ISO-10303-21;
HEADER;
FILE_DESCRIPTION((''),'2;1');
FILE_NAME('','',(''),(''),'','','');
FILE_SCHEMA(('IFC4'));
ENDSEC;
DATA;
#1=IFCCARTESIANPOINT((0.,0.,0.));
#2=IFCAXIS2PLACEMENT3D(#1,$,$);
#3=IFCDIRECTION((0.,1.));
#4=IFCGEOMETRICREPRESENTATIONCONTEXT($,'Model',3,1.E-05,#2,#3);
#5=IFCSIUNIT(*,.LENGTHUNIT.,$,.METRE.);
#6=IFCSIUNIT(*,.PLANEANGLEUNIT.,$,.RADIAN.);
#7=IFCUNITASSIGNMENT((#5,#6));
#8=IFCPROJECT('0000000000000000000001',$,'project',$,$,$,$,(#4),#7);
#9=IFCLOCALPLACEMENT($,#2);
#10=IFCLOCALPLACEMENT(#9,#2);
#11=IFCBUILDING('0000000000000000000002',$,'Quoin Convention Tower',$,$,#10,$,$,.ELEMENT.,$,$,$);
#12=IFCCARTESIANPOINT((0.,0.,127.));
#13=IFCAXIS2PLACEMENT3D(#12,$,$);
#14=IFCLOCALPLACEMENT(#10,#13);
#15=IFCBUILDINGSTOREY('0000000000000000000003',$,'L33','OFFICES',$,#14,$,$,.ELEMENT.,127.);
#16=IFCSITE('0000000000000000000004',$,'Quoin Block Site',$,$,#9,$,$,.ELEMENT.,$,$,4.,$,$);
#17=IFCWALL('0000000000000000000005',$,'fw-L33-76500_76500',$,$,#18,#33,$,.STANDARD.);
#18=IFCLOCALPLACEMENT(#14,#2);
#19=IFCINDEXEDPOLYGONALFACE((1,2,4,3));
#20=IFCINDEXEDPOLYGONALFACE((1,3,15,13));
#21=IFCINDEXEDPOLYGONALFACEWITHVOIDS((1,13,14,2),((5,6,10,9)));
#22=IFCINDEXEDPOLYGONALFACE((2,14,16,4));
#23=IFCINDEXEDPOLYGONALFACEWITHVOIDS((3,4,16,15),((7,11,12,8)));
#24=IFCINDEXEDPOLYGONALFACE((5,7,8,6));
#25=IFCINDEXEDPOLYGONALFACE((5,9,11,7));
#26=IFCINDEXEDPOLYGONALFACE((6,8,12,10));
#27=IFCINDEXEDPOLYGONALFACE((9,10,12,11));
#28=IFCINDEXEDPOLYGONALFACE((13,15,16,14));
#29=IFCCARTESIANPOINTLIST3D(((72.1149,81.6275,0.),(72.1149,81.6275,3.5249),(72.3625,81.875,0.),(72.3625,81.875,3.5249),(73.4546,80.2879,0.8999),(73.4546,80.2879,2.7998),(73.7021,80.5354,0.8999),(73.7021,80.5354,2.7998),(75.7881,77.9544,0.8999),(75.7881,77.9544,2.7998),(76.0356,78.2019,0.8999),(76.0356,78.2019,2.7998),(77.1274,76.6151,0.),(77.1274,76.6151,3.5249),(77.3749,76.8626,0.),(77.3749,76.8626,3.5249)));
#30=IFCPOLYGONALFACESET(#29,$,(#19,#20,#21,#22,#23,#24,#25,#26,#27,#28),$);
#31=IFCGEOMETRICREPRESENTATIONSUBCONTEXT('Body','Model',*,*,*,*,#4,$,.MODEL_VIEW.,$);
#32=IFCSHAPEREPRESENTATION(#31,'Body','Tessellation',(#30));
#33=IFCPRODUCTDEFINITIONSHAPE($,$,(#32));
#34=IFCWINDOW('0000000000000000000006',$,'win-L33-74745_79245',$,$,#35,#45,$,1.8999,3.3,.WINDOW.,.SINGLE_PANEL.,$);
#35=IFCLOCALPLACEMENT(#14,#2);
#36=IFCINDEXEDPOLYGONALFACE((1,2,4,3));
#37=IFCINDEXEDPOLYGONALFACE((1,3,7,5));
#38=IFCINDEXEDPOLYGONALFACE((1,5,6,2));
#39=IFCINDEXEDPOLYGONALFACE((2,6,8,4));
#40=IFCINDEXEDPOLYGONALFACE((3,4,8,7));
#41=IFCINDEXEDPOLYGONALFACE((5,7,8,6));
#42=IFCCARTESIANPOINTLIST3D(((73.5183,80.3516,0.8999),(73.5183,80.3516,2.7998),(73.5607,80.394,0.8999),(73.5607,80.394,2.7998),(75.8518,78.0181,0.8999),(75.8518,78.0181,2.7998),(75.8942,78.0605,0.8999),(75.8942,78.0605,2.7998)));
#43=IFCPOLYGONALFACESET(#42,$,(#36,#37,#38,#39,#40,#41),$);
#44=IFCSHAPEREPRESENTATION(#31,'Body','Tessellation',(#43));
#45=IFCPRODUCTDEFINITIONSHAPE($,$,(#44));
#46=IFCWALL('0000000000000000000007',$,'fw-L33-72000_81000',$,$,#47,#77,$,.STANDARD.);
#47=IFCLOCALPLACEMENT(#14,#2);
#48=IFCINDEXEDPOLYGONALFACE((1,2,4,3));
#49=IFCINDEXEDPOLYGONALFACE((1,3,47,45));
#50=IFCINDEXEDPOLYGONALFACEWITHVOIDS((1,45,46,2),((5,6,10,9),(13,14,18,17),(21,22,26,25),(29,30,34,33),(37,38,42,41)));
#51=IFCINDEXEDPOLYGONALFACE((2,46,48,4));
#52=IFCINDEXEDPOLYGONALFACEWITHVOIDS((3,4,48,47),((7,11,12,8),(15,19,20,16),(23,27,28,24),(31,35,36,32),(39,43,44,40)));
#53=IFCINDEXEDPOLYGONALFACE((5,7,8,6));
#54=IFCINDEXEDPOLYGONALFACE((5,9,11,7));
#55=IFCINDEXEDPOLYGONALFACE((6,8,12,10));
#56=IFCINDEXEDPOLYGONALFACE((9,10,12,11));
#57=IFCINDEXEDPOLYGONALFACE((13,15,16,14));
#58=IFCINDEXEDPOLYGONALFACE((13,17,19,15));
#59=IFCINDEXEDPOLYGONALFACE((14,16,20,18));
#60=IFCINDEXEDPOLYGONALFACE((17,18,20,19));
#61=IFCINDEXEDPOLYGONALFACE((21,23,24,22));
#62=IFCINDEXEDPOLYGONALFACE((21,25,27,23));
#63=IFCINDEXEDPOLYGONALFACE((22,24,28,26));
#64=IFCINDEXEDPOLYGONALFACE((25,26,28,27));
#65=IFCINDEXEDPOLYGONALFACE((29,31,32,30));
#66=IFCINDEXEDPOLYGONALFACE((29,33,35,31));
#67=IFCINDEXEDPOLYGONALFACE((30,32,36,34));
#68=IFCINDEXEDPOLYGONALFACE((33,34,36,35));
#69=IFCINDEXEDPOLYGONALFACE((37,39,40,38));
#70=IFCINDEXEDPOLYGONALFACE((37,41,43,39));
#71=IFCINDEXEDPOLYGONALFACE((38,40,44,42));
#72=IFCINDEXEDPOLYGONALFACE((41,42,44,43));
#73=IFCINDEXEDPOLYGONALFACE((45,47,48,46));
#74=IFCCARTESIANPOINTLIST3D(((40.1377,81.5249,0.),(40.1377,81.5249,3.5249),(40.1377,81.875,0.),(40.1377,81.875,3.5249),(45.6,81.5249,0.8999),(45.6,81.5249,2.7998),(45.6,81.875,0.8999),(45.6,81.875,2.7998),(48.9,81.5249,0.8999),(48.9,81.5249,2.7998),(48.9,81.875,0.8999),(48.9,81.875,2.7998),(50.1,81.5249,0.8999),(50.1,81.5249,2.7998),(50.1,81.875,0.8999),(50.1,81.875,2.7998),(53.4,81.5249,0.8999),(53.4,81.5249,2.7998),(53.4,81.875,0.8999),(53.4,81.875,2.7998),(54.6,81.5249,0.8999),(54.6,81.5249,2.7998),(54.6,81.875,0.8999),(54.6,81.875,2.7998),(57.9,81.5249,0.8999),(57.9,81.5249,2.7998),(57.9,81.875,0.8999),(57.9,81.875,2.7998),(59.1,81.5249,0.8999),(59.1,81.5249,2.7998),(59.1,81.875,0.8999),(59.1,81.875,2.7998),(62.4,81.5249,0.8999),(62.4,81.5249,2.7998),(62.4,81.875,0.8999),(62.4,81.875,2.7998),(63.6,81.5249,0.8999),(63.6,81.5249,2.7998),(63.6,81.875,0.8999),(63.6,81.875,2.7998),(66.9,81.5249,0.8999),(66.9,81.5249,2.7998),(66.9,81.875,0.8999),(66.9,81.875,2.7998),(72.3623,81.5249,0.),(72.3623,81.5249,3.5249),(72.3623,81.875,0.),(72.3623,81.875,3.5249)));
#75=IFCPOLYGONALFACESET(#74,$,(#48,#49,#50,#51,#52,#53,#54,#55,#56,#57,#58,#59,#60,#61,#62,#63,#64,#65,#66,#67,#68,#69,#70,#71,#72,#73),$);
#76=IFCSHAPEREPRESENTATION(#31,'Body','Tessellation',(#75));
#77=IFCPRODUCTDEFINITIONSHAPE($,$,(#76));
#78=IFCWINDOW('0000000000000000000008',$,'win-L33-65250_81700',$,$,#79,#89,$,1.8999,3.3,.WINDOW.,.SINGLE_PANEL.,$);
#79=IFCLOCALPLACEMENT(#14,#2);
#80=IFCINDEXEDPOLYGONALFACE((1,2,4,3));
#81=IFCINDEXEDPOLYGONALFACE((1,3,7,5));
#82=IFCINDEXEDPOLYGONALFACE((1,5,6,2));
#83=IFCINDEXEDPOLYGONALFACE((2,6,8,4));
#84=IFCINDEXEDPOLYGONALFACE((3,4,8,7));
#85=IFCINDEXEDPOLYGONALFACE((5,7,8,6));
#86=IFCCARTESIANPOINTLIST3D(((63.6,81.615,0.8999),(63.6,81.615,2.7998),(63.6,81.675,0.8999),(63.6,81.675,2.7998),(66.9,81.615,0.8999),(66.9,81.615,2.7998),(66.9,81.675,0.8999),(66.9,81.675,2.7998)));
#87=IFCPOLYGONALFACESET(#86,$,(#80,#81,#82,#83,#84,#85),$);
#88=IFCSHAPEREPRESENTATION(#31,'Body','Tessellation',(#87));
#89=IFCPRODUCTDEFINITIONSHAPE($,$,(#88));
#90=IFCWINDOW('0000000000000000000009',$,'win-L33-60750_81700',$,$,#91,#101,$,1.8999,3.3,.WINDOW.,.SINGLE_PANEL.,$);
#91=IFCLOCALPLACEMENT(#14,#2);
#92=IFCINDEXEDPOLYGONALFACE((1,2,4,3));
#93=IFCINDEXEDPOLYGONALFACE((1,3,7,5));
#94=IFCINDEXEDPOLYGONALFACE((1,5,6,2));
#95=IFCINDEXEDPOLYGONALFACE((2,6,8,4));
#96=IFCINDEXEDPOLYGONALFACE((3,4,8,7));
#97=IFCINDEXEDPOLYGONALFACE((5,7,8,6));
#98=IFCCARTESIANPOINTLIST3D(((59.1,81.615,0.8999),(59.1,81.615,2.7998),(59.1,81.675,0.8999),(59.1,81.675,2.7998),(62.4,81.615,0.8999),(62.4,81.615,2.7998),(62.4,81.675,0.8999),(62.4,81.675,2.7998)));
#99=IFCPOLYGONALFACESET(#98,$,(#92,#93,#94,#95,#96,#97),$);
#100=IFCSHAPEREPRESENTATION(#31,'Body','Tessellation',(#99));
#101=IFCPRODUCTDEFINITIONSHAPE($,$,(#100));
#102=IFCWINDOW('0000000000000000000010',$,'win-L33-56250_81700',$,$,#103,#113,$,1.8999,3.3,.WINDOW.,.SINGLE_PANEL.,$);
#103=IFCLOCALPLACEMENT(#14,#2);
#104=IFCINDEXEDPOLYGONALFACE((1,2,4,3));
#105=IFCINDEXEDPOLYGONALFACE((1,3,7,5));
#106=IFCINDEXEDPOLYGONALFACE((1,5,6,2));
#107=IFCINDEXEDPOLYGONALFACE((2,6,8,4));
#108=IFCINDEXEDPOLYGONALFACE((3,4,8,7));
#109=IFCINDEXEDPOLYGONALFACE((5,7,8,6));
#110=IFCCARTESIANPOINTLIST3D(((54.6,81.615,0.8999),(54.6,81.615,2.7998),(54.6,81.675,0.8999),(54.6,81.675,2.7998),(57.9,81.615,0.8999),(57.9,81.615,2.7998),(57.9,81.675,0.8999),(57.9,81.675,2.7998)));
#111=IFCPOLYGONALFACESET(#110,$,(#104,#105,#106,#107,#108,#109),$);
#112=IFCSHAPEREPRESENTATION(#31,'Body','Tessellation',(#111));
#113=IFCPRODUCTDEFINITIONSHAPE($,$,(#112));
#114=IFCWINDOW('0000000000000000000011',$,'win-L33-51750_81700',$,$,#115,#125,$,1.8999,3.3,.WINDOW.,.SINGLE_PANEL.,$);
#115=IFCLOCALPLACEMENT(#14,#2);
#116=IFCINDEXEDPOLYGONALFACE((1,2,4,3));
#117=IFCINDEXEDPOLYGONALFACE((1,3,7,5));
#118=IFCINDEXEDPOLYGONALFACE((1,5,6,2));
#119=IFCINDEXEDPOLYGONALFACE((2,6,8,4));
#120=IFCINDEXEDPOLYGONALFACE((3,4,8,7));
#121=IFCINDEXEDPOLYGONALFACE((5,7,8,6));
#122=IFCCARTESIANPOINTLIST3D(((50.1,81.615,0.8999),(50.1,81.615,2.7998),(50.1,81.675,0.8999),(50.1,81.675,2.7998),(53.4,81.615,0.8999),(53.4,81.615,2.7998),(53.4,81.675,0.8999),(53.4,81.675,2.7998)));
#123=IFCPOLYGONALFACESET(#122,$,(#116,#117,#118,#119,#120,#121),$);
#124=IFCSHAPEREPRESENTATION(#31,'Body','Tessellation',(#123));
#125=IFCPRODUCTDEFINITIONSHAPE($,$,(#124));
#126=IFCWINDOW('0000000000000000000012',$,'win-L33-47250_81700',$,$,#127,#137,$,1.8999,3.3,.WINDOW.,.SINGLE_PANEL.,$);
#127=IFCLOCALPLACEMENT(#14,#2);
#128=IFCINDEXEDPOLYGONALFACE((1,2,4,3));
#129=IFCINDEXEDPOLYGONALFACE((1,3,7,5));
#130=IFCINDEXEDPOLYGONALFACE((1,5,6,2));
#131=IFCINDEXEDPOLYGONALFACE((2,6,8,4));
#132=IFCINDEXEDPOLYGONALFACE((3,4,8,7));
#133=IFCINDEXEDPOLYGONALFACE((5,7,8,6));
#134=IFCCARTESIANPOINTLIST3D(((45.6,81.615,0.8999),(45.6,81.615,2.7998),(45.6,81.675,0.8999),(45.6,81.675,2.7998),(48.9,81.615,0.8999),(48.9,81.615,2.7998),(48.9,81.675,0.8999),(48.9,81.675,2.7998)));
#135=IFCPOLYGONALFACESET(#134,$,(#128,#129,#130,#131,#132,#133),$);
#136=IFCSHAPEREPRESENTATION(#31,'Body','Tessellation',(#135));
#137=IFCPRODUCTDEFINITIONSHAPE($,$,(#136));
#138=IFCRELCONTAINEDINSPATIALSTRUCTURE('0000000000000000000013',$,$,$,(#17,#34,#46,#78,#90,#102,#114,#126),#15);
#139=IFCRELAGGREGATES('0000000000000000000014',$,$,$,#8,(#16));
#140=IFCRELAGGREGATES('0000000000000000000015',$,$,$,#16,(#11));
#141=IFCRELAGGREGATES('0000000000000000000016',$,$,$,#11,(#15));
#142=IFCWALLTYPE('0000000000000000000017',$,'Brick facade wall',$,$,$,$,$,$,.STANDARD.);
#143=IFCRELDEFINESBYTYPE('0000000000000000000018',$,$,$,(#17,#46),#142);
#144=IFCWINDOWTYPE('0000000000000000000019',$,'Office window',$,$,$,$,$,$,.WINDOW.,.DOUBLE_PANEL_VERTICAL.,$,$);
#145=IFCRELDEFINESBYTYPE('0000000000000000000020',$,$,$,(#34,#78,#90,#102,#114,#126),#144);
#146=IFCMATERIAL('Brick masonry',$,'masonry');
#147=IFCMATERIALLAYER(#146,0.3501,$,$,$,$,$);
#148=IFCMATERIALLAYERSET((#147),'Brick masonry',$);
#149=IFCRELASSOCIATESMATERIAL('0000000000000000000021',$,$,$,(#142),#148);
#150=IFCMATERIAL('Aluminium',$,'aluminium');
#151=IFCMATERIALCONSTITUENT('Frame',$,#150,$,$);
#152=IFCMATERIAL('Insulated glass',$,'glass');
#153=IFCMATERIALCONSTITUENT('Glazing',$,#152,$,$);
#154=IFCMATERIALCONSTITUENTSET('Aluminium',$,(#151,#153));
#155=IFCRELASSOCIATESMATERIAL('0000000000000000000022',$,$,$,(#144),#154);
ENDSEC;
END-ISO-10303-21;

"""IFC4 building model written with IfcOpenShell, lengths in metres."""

from ifc_helpers import new_model, si_unit, direction, frame, frame_2d, origin, place, context, subcontext, project, spatial, rectangle, extrude, material, layer, layer_set, constituent, constituent_set, type_object, element, fill, save


model = new_model("IFC4")

# Units and contexts
model_context = context("Model", 3, precision=1e-05, world=origin(), true_north=direction((0.0, 1.0)))
body_context = subcontext(model_context, "Body", "Model", "MODEL_VIEW")
ifc_project = project(units=[si_unit("LENGTHUNIT", "METRE"), si_unit("PLANEANGLEUNIT", "RADIAN")], contexts=[model_context])

# Site, building, storey
site_placement = place(None, origin())
site = spatial("IfcSite", under=ifc_project, at=site_placement, Name="Quoin Block Site", CompositionType="ELEMENT", RefElevation=4.0)
building_placement = place(site_placement, origin())
building = spatial("IfcBuilding", under=site, at=building_placement, Name="Quoin Convention Tower", CompositionType="ELEMENT")
storey_placement = place(building_placement, frame((0.0, 0.0, 127.0)))
storey = spatial("IfcBuildingStorey", under=building, at=storey_placement, Name="L33", Description="OFFICES", CompositionType="ELEMENT", Elevation=127.0)

# Wall, opening, window
ifc_material_1 = material(Name="Brick masonry", Category="masonry")
ifc_layer_1 = layer(ifc_material_1, 0.3501)
ifc_layer_set_1 = layer_set([ifc_layer_1], Name="Brick masonry")
wall_type_1 = type_object("IfcWallType", Name="Brick facade wall", PredefinedType="STANDARD", material=ifc_layer_set_1)
wall_1_placement = place(storey_placement, frame((77.2512, 76.7388, 0.0), z_axis=(0.0, 0.0, 1.0), x_axis=(-0.707107, 0.707107, 0.0)))
wall_1 = element("IfcWall", 1, at=wall_1_placement, inside=storey, type_object=wall_type_1, Name="fw-L33-76500_76500", PredefinedType="STANDARD", context=body_context, shape_type="SweptSolid", body=[
    extrude(rectangle(XDim=7.0886, YDim=0.3501, at=frame_2d((3.5444, 0.0))), origin(), (0.0, 0.0, 1.0), 3.5249),
])
opening_1_placement = place(wall_1_placement, frame((1.8943, 0.0, 0.8999)))
opening_1 = element("IfcOpeningElement", 2, at=opening_1_placement, cuts=wall_1, PredefinedType="OPENING", context=body_context, shape_type="SweptSolid", body=[
    extrude(rectangle(XDim=3.3, YDim=1.8999, at=frame_2d((1.6499, 0.95))), frame((0.0, 0.1851, 0.0), z_axis=(0.0, -1.0, 0.0), x_axis=(1.0, 0.0, 0.0)), (0.0, 0.0, 1.0), 0.3701),
])
ifc_material_2 = material(Name="Aluminium", Category="aluminium")
ifc_constituent_1 = constituent(ifc_material_2, Name="Frame")
ifc_material_3 = material(Name="Insulated glass", Category="glass")
ifc_constituent_2 = constituent(ifc_material_3, Name="Glazing")
ifc_constituent_set = constituent_set(constituents=[ifc_constituent_1, ifc_constituent_2], Name="Aluminium")
window_type = type_object("IfcWindowType", Name="Office window", PartitioningType="DOUBLE_PANEL_VERTICAL", PredefinedType="WINDOW", material=ifc_constituent_set)
window_1_placement = place(opening_1_placement, origin())
window_1 = element("IfcWindow", 3, at=window_1_placement, inside=storey, type_object=window_type, Name="win-L33-74745_79245", OverallHeight=1.8999, OverallWidth=3.3, PartitioningType="SINGLE_PANEL", PredefinedType="WINDOW", context=body_context, shape_type="SweptSolid", body=[
    extrude(rectangle(XDim=3.3, YDim=1.8999, at=frame_2d((1.6499, 0.95))), frame((0.0, 0.085, 0.0), z_axis=(0.0, -1.0, 0.0), x_axis=(1.0, 0.0, 0.0)), (0.0, 0.0, 1.0), 0.0601),
])
fill(opening_1, window_1)

# Wall, openings, windows
wall_2_placement = place(storey_placement, frame((72.3623, 81.7, 0.0), z_axis=(0.0, 0.0, 1.0), x_axis=(-1.0, 0.0, 0.0)))
wall_2 = element("IfcWall", 4, at=wall_2_placement, inside=storey, type_object=wall_type_1, Name="fw-L33-72000_81000", PredefinedType="STANDARD", context=body_context, shape_type="SweptSolid", body=[
    extrude(rectangle(XDim=32.2246, YDim=0.3501, at=frame_2d((16.1123, 0.0))), origin(), (0.0, 0.0, 1.0), 3.5249),
])
opening_2_placement = place(wall_2_placement, frame((5.4624, 0.0, 0.8999)))
opening_2 = element("IfcOpeningElement", 5, at=opening_2_placement, cuts=wall_2, PredefinedType="OPENING", context=body_context, shape_type="SweptSolid", body=[
    extrude(rectangle(XDim=3.3, YDim=1.8999, at=frame_2d((1.6499, 0.95))), frame((0.0, 0.1851, 0.0), z_axis=(0.0, -1.0, 0.0), x_axis=(1.0, 0.0, 0.0)), (0.0, 0.0, 1.0), 0.3701),
])
opening_3_placement = place(wall_2_placement, frame((9.9624, 0.0, 0.8999)))
opening_3 = element("IfcOpeningElement", 6, at=opening_3_placement, cuts=wall_2, PredefinedType="OPENING", context=body_context, shape_type="SweptSolid", body=[
    extrude(rectangle(XDim=3.3, YDim=1.8999, at=frame_2d((1.6499, 0.95))), frame((0.0, 0.1851, 0.0), z_axis=(0.0, -1.0, 0.0), x_axis=(1.0, 0.0, 0.0)), (0.0, 0.0, 1.0), 0.3701),
])
opening_4_placement = place(wall_2_placement, frame((14.4624, 0.0, 0.8999)))
opening_4 = element("IfcOpeningElement", 7, at=opening_4_placement, cuts=wall_2, PredefinedType="OPENING", context=body_context, shape_type="SweptSolid", body=[
    extrude(rectangle(XDim=3.3, YDim=1.8999, at=frame_2d((1.6499, 0.95))), frame((0.0, 0.1851, 0.0), z_axis=(0.0, -1.0, 0.0), x_axis=(1.0, 0.0, 0.0)), (0.0, 0.0, 1.0), 0.3701),
])
opening_5_placement = place(wall_2_placement, frame((18.9624, 0.0, 0.8999)))
opening_5 = element("IfcOpeningElement", 8, at=opening_5_placement, cuts=wall_2, PredefinedType="OPENING", context=body_context, shape_type="SweptSolid", body=[
    extrude(rectangle(XDim=3.3, YDim=1.8999, at=frame_2d((1.6499, 0.95))), frame((0.0, 0.1851, 0.0), z_axis=(0.0, -1.0, 0.0), x_axis=(1.0, 0.0, 0.0)), (0.0, 0.0, 1.0), 0.3701),
])
opening_6_placement = place(wall_2_placement, frame((23.4624, 0.0, 0.8999)))
opening_6 = element("IfcOpeningElement", 9, at=opening_6_placement, cuts=wall_2, PredefinedType="OPENING", context=body_context, shape_type="SweptSolid", body=[
    extrude(rectangle(XDim=3.3, YDim=1.8999, at=frame_2d((1.6499, 0.95))), frame((0.0, 0.1851, 0.0), z_axis=(0.0, -1.0, 0.0), x_axis=(1.0, 0.0, 0.0)), (0.0, 0.0, 1.0), 0.3701),
])
window_2_placement = place(opening_2_placement, origin())
window_2 = element("IfcWindow", 10, at=window_2_placement, inside=storey, type_object=window_type, Name="win-L33-65250_81700", OverallHeight=1.8999, OverallWidth=3.3, PartitioningType="SINGLE_PANEL", PredefinedType="WINDOW", context=body_context, shape_type="SweptSolid", body=[
    extrude(rectangle(XDim=3.3, YDim=1.8999, at=frame_2d((1.6499, 0.95))), frame((0.0, 0.085, 0.0), z_axis=(0.0, -1.0, 0.0), x_axis=(1.0, 0.0, 0.0)), (0.0, 0.0, 1.0), 0.0601),
])
fill(opening_2, window_2)
window_3_placement = place(opening_3_placement, origin())
window_3 = element("IfcWindow", 11, at=window_3_placement, inside=storey, type_object=window_type, Name="win-L33-60750_81700", OverallHeight=1.8999, OverallWidth=3.3, PartitioningType="SINGLE_PANEL", PredefinedType="WINDOW", context=body_context, shape_type="SweptSolid", body=[
    extrude(rectangle(XDim=3.3, YDim=1.8999, at=frame_2d((1.6499, 0.95))), frame((0.0, 0.085, 0.0), z_axis=(0.0, -1.0, 0.0), x_axis=(1.0, 0.0, 0.0)), (0.0, 0.0, 1.0), 0.0601),
])
fill(opening_3, window_3)
window_4_placement = place(opening_4_placement, origin())
window_4 = element("IfcWindow", 12, at=window_4_placement, inside=storey, type_object=window_type, Name="win-L33-56250_81700", OverallHeight=1.8999, OverallWidth=3.3, PartitioningType="SINGLE_PANEL", PredefinedType="WINDOW", context=body_context, shape_type="SweptSolid", body=[
    extrude(rectangle(XDim=3.3, YDim=1.8999, at=frame_2d((1.6499, 0.95))), frame((0.0, 0.085, 0.0), z_axis=(0.0, -1.0, 0.0), x_axis=(1.0, 0.0, 0.0)), (0.0, 0.0, 1.0), 0.0601),
])
fill(opening_4, window_4)
window_5_placement = place(opening_5_placement, origin())
window_5 = element("IfcWindow", 13, at=window_5_placement, inside=storey, type_object=window_type, Name="win-L33-51750_81700", OverallHeight=1.8999, OverallWidth=3.3, PartitioningType="SINGLE_PANEL", PredefinedType="WINDOW", context=body_context, shape_type="SweptSolid", body=[
    extrude(rectangle(XDim=3.3, YDim=1.8999, at=frame_2d((1.6499, 0.95))), frame((0.0, 0.085, 0.0), z_axis=(0.0, -1.0, 0.0), x_axis=(1.0, 0.0, 0.0)), (0.0, 0.0, 1.0), 0.0601),
])
fill(opening_5, window_5)
window_6_placement = place(opening_6_placement, origin())
window_6 = element("IfcWindow", 14, at=window_6_placement, inside=storey, type_object=window_type, Name="win-L33-47250_81700", OverallHeight=1.8999, OverallWidth=3.3, PartitioningType="SINGLE_PANEL", PredefinedType="WINDOW", context=body_context, shape_type="SweptSolid", body=[
    extrude(rectangle(XDim=3.3, YDim=1.8999, at=frame_2d((1.6499, 0.95))), frame((0.0, 0.085, 0.0), z_axis=(0.0, -1.0, 0.0), x_axis=(1.0, 0.0, 0.0)), (0.0, 0.0, 1.0), 0.0601),
])
fill(opening_6, window_6)

save(model, "model.ifc")
